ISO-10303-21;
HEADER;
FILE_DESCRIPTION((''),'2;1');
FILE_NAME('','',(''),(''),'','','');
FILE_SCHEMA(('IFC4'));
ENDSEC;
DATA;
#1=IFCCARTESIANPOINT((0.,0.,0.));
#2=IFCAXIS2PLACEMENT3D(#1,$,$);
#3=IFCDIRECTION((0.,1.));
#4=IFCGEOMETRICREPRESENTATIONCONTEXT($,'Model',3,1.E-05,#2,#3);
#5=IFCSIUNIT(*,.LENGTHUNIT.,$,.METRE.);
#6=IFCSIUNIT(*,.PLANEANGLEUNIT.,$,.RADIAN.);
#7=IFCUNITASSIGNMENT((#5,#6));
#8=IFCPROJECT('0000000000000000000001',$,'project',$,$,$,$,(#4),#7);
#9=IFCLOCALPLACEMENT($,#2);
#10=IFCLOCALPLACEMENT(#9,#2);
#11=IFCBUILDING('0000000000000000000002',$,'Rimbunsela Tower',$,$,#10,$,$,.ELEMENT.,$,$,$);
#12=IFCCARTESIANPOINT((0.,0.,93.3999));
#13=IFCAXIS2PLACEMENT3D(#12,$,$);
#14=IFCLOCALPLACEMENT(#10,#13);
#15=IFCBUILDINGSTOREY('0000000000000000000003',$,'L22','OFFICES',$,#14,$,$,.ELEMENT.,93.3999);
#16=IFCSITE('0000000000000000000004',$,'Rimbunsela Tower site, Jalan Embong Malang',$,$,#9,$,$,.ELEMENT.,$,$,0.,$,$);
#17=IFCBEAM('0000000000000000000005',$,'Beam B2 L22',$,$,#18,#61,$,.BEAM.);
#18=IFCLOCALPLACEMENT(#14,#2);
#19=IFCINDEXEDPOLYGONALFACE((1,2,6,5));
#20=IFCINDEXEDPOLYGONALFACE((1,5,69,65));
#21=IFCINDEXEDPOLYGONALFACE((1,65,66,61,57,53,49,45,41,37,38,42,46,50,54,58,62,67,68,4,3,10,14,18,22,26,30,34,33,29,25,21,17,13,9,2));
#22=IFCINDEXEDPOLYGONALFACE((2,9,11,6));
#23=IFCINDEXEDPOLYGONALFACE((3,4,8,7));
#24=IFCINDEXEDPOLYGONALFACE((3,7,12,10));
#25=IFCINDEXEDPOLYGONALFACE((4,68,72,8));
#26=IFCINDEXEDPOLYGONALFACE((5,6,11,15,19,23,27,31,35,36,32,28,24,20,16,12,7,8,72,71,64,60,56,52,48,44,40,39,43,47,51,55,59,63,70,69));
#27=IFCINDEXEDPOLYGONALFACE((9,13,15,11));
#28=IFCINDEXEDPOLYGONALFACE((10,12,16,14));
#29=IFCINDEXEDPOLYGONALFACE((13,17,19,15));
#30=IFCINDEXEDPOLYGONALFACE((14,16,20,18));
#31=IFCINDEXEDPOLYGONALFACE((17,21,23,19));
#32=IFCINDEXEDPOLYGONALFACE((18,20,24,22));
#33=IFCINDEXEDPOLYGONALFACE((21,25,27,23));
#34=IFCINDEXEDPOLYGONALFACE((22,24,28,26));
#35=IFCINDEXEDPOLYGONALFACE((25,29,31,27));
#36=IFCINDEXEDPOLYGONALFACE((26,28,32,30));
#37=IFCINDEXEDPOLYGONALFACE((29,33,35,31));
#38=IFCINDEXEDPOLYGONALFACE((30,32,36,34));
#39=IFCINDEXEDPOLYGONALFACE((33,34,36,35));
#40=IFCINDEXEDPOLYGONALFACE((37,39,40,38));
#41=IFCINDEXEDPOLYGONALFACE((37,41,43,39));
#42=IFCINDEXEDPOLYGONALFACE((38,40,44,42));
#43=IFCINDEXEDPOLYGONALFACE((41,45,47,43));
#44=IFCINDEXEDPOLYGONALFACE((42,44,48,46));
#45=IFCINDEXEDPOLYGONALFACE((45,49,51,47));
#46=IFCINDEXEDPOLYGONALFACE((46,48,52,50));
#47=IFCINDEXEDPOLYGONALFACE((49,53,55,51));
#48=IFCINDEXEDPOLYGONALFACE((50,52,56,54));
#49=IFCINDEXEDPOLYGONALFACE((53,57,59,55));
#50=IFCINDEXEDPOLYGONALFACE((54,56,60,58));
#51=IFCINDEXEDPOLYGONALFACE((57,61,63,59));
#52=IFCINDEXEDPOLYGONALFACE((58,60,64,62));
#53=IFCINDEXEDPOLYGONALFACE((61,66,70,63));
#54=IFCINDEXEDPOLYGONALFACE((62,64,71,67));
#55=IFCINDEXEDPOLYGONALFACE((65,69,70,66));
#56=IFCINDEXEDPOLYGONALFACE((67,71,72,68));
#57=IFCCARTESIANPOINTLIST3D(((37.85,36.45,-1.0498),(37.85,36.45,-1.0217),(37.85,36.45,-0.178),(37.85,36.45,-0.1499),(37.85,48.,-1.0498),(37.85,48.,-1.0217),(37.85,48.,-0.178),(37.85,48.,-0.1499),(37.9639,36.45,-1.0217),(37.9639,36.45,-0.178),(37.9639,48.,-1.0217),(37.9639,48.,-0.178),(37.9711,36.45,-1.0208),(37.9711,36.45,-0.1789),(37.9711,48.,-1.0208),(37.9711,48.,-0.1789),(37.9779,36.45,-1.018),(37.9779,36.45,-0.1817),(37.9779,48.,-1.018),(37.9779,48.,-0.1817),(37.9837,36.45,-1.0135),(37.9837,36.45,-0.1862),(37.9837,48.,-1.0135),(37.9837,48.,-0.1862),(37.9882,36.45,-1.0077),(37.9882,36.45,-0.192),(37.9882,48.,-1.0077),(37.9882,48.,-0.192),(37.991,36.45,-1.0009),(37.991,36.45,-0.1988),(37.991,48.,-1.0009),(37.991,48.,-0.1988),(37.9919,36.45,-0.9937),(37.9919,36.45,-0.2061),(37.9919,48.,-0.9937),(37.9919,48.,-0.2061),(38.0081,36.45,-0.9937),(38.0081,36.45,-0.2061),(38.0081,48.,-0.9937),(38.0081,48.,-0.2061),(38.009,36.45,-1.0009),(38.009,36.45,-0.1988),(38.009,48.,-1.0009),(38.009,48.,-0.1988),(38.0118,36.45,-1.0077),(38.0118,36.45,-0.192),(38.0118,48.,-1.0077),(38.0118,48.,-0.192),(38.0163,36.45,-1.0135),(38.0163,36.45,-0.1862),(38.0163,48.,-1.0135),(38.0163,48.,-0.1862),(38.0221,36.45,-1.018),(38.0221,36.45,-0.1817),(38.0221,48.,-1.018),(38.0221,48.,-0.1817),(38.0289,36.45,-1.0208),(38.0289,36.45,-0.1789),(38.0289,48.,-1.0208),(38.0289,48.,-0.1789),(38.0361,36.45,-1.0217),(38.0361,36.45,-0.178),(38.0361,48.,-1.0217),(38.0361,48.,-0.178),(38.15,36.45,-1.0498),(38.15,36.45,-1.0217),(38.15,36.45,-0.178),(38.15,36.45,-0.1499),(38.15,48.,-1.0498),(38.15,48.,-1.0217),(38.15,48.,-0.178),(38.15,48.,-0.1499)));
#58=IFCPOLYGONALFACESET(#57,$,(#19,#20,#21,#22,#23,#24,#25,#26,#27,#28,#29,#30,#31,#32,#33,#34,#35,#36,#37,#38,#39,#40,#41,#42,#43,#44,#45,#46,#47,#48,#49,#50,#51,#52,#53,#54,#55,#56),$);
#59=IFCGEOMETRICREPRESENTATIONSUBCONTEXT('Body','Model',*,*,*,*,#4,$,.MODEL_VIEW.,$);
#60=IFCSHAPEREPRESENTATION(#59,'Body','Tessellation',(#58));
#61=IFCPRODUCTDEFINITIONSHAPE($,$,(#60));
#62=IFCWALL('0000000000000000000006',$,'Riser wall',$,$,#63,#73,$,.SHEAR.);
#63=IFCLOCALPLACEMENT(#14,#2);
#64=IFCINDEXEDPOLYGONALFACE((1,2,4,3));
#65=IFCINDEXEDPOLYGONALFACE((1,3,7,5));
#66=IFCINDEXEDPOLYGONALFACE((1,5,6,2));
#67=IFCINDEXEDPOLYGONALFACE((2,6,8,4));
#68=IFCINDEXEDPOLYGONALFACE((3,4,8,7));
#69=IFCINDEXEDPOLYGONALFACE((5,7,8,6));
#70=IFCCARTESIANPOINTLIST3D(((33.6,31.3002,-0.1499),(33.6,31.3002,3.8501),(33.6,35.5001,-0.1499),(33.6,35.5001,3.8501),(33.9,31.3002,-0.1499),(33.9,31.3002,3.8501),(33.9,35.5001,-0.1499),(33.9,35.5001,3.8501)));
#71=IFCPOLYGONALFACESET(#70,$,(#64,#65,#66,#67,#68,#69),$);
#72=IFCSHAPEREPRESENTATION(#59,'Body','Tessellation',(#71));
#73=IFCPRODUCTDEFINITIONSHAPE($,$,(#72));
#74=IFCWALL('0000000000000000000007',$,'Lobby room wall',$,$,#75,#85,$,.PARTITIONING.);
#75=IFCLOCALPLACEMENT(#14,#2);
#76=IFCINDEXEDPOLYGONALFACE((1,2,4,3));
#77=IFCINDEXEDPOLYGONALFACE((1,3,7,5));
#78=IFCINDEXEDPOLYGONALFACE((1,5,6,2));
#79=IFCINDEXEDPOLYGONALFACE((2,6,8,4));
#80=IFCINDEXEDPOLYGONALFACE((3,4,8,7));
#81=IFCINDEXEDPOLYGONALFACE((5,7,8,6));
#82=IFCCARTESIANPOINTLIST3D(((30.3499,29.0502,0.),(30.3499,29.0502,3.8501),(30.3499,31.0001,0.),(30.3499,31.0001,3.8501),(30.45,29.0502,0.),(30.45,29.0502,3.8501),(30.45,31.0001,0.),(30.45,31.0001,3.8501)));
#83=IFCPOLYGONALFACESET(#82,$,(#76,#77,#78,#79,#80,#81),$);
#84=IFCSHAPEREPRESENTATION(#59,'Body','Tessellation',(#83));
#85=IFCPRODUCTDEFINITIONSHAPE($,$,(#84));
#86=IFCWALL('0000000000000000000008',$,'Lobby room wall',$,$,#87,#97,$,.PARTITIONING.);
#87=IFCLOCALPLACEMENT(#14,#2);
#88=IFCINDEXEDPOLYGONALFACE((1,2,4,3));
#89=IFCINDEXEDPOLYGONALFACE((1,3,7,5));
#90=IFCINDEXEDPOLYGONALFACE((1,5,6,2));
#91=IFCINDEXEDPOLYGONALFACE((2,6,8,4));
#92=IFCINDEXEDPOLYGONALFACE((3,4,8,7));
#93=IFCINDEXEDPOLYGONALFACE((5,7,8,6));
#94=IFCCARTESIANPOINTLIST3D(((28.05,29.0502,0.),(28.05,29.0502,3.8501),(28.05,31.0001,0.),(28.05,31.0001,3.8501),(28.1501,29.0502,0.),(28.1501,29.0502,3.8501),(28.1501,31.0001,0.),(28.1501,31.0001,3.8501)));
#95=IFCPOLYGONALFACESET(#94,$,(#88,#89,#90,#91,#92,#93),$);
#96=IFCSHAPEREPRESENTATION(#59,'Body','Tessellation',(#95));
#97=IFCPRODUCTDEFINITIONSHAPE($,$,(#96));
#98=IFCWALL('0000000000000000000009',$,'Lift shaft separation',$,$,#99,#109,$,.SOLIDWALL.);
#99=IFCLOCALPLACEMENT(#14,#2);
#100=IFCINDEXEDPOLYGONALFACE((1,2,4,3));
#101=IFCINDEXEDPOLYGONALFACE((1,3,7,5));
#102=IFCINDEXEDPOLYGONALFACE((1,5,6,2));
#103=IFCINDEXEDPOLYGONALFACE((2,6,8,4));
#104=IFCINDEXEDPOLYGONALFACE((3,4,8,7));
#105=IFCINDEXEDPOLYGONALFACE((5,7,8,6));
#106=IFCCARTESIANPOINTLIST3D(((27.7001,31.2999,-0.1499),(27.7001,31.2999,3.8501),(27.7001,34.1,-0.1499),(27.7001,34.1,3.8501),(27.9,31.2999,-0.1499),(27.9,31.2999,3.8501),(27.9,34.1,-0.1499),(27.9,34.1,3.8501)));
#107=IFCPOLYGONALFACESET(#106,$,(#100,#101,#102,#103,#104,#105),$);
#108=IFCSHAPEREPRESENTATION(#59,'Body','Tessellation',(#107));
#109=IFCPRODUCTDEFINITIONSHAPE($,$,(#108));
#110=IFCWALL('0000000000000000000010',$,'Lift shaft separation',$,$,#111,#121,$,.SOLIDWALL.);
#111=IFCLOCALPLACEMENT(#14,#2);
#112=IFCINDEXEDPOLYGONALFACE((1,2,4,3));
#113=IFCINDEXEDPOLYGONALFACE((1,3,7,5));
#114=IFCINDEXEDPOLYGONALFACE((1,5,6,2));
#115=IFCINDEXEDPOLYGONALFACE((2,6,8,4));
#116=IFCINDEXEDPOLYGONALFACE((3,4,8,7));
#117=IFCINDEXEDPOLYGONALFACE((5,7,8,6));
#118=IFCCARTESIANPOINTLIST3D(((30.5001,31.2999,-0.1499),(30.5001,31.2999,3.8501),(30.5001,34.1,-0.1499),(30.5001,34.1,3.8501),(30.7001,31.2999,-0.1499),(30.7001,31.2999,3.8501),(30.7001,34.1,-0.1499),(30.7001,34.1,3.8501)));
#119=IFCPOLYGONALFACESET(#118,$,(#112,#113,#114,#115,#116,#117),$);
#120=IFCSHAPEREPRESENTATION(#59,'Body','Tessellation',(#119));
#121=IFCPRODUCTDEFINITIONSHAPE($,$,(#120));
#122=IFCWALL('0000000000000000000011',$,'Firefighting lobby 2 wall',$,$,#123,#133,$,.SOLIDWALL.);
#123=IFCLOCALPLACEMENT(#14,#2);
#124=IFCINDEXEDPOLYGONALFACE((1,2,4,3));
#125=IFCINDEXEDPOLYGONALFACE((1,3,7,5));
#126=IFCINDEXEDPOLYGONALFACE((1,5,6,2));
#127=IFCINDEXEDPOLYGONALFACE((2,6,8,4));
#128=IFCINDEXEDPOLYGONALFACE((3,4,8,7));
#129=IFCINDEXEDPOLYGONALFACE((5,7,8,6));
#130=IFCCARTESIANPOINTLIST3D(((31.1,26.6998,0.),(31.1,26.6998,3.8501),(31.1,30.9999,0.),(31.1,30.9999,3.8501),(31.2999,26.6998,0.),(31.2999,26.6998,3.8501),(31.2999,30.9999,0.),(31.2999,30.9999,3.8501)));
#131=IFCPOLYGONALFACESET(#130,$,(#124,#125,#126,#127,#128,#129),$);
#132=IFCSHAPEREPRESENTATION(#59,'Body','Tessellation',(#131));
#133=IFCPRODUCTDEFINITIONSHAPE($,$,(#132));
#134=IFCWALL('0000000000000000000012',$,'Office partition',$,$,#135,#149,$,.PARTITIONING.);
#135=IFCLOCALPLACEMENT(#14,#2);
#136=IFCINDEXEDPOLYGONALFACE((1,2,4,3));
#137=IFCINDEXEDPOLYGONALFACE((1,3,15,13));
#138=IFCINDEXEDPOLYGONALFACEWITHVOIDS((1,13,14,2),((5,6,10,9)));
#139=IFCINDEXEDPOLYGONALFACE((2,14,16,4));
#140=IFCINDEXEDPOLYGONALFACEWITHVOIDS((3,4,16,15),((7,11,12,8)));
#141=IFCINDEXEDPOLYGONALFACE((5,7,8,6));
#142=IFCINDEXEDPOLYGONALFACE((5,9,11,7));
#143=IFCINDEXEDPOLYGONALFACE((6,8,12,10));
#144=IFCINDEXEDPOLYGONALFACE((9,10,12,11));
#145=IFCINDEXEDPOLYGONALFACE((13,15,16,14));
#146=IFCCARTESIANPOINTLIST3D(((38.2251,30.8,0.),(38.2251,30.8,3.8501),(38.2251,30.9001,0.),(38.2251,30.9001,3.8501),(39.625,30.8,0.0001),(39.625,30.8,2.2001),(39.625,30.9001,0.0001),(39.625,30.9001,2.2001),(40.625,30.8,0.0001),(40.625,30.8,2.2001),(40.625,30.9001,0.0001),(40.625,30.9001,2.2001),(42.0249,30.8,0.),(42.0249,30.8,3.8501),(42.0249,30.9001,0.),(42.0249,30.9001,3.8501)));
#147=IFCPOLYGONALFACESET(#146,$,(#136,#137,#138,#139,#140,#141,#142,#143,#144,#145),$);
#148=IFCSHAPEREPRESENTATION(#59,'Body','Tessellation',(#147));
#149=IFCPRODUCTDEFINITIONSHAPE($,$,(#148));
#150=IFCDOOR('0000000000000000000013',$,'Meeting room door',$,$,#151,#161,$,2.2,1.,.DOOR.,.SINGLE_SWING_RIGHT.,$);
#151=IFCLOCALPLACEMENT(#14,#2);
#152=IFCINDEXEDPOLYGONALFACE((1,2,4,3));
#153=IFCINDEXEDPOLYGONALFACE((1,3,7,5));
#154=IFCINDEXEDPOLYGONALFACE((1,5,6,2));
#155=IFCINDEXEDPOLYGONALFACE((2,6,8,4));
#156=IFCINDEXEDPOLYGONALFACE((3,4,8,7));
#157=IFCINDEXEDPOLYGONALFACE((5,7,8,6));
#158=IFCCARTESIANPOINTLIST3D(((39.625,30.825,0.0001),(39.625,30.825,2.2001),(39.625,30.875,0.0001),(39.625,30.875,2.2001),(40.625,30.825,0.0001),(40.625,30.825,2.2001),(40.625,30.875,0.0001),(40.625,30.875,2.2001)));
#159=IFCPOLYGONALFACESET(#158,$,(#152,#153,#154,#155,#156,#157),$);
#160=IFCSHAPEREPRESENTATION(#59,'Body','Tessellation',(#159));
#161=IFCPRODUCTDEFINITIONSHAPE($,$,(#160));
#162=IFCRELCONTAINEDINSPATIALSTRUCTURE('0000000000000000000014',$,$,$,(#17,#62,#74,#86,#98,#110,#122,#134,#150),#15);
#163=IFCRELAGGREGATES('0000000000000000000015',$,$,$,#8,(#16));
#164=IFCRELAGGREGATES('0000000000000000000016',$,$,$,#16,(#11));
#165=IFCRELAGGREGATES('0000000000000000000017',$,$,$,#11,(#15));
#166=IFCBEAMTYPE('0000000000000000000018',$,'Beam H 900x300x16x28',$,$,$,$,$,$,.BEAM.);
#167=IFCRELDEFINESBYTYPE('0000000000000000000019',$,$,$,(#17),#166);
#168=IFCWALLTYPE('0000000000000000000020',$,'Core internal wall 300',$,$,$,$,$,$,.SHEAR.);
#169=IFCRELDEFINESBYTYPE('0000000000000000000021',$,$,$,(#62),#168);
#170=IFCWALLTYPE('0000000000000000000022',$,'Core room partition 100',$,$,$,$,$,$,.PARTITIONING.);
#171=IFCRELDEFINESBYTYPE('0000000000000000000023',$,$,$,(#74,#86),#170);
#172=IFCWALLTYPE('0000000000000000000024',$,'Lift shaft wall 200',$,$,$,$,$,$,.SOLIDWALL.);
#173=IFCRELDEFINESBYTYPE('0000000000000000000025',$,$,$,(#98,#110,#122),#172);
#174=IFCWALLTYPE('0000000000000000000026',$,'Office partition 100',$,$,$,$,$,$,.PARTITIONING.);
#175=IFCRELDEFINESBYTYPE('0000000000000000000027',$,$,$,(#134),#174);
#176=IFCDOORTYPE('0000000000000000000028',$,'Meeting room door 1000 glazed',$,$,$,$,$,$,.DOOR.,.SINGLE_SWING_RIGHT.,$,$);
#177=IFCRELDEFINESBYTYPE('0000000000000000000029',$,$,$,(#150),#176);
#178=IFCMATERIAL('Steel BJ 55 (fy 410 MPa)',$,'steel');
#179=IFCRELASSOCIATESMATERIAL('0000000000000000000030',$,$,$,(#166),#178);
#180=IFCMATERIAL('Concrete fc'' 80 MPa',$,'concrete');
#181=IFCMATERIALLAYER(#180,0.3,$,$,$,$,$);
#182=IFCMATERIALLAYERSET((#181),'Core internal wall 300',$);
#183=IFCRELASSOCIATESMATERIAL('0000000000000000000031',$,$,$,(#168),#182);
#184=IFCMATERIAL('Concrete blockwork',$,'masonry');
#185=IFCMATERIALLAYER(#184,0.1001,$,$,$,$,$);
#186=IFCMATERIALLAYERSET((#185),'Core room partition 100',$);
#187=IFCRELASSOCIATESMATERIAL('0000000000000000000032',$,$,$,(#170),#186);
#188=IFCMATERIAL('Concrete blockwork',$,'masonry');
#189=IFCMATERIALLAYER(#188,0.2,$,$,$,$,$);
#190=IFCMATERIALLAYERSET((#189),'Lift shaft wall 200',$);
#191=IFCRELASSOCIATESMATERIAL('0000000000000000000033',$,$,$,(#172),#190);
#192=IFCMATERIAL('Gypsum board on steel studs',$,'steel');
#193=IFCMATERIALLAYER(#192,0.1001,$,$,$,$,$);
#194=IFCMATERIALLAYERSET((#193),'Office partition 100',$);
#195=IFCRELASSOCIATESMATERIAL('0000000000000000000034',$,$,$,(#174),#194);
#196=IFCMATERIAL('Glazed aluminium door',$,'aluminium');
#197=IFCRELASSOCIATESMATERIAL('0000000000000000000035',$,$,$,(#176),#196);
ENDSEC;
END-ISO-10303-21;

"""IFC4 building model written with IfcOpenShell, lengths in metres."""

from ifc_helpers import new_model, si_unit, direction, frame, frame_2d, origin, origin_2d, place, context, subcontext, project, spatial, rectangle, i_section, extrude, material, layer, layer_set, material_profile, profile_set, type_object, element, fill, save


model = new_model("IFC4")

# Units and contexts
model_context = context("Model", 3, precision=1e-05, world=origin(), true_north=direction((0.0, 1.0)))
body_context = subcontext(model_context, "Body", "Model", "MODEL_VIEW")
ifc_project = project(units=[si_unit("LENGTHUNIT", "METRE"), si_unit("PLANEANGLEUNIT", "RADIAN")], contexts=[model_context])

# Site, building, storey
site_placement = place(None, origin())
site = spatial("IfcSite", under=ifc_project, at=site_placement, Name="Rimbunsela Tower site, Jalan Embong Malang", CompositionType="ELEMENT", RefElevation=0.0)
building_placement = place(site_placement, origin())
building = spatial("IfcBuilding", under=site, at=building_placement, Name="Rimbunsela Tower", CompositionType="ELEMENT")
storey_placement = place(building_placement, frame((0.0, 0.0, 93.3999)))
storey = spatial("IfcBuildingStorey", under=building, at=storey_placement, Name="L22", Description="OFFICES", CompositionType="ELEMENT", Elevation=93.3999)

# Beam
ifc_material_1 = material(Name="Steel BJ 55 (fy 410 MPa)", Category="steel")
ifc_material_profile_1 = material_profile(ifc_material_1, i_section(OverallWidth=0.3, OverallDepth=0.8999, WebThickness=0.0161, FlangeThickness=0.0281, FilletRadius=0.0281, at=origin_2d()), Name="H 900x300x16x28")
ifc_profile_set_1 = profile_set([ifc_material_profile_1], Name="Steel BJ 55 (fy 410 MPa)")
beam_type_1 = type_object("IfcBeamType", Name="Beam H 900x300x16x28", PredefinedType="BEAM", material=ifc_profile_set_1)
beam_1_placement = place(storey_placement, frame((38.0, 36.45, -0.5999), z_axis=(0.0, 1.0, 0.0), x_axis=(-1.0, 0.0, 0.0)))
element("IfcBeam", 1, at=beam_1_placement, inside=storey, type_object=beam_type_1, Name="Beam B2 L22", PredefinedType="BEAM", context=body_context, shape_type="SweptSolid", body=[
    extrude(i_section(OverallWidth=0.3, OverallDepth=0.8999, WebThickness=0.0161, FlangeThickness=0.0281, FilletRadius=0.0281, at=origin_2d()), origin(), (0.0, 0.0, 1.0), 11.55),
])

# Walls
ifc_material_2 = material(Name="Concrete fc' 80 MPa", Category="concrete")
ifc_layer_1 = layer(ifc_material_2, 0.3)
ifc_layer_set_1 = layer_set([ifc_layer_1], Name="Core internal wall 300")
wall_type_1 = type_object("IfcWallType", Name="Core internal wall 300", PredefinedType="SHEAR", material=ifc_layer_set_1)
wall_1_placement = place(storey_placement, frame((33.75, 31.3, -0.1499), z_axis=(0.0, 0.0, 1.0), x_axis=(0.0, 1.0, 0.0)))
element("IfcWall", 2, at=wall_1_placement, inside=storey, type_object=wall_type_1, Name="Riser wall", PredefinedType="SHEAR", context=body_context, shape_type="SweptSolid", body=[
    extrude(rectangle(XDim=4.2, YDim=0.3, at=frame_2d((2.1001, 0.0))), origin(), (0.0, 0.0, 1.0), 4.0),
])
ifc_material_3 = material(Name="Concrete blockwork", Category="masonry")
ifc_layer_2 = layer(ifc_material_3, 0.1001)
ifc_layer_set_2 = layer_set([ifc_layer_2], Name="Core room partition 100")
wall_type_2 = type_object("IfcWallType", Name="Core room partition 100", PredefinedType="PARTITIONING", material=ifc_layer_set_2)
for number, where, z_axis, x_axis, name in (
    (3, (30.3999, 29.05, 0.0), (0.0, 0.0, 1.0), (0.0, 1.0, 0.0), "Lobby room wall"),
    (4, (28.1001, 29.05, 0.0), (0.0, 0.0, 1.0), (0.0, 1.0, 0.0), "Lobby room wall"),
):
    element("IfcWall", number, at=place(storey_placement, frame(where, z_axis=z_axis, x_axis=x_axis)), inside=storey, type_object=wall_type_2, Name=name, PredefinedType="PARTITIONING", context=body_context, shape_type="SweptSolid", body=[
        extrude(rectangle(XDim=1.95, YDim=0.1001, at=frame_2d((0.9751, 0.0))), origin(), (0.0, 0.0, 1.0), 3.8501),
    ])
ifc_material_4 = material(Name="Concrete blockwork", Category="masonry")
ifc_layer_3 = layer(ifc_material_4, 0.2)
ifc_layer_set_3 = layer_set([ifc_layer_3], Name="Lift shaft wall 200")
wall_type_3 = type_object("IfcWallType", Name="Lift shaft wall 200", PredefinedType="SOLIDWALL", material=ifc_layer_set_3)
for number, where, z_axis, x_axis, name in (
    (5, (27.8, 31.3, -0.1499), (0.0, 0.0, 1.0), (0.0, 1.0, 0.0), "Lift shaft separation"),
    (6, (30.6001, 31.3, -0.1499), (0.0, 0.0, 1.0), (0.0, 1.0, 0.0), "Lift shaft separation"),
):
    element("IfcWall", number, at=place(storey_placement, frame(where, z_axis=z_axis, x_axis=x_axis)), inside=storey, type_object=wall_type_3, Name=name, PredefinedType="SOLIDWALL", context=body_context, shape_type="SweptSolid", body=[
        extrude(rectangle(XDim=2.8, YDim=0.2, at=frame_2d((1.3999, 0.0))), origin(), (0.0, 0.0, 1.0), 4.0),
    ])
wall_2_placement = place(storey_placement, frame((31.2, 26.7, 0.0), z_axis=(0.0, 0.0, 1.0), x_axis=(0.0, 1.0, 0.0)))
element("IfcWall", 7, at=wall_2_placement, inside=storey, type_object=wall_type_3, Name="Firefighting lobby 2 wall", PredefinedType="SOLIDWALL", context=body_context, shape_type="SweptSolid", body=[
    extrude(rectangle(XDim=4.3, YDim=0.2, at=frame_2d((2.1499, 0.0))), origin(), (0.0, 0.0, 1.0), 3.8501),
])

# Wall, opening, door
ifc_material_5 = material(Name="Gypsum board on steel studs", Category="steel")
ifc_layer_4 = layer(ifc_material_5, 0.1001)
ifc_layer_set_4 = layer_set([ifc_layer_4], Name="Office partition 100")
wall_type_4 = type_object("IfcWallType", Name="Office partition 100", PredefinedType="PARTITIONING", material=ifc_layer_set_4)
wall_3_placement = place(storey_placement, frame((38.2251, 30.8501, 0.0), z_axis=(0.0, 0.0, 1.0), x_axis=(1.0, 0.0, 0.0)))
wall_3 = element("IfcWall", 8, at=wall_3_placement, inside=storey, type_object=wall_type_4, Name="Office partition", PredefinedType="PARTITIONING", context=body_context, shape_type="SweptSolid", body=[
    extrude(rectangle(XDim=3.7998, YDim=0.1001, at=frame_2d((1.8999, 0.0))), origin(), (0.0, 0.0, 1.0), 3.8501),
])
opening_1_placement = place(wall_3_placement, frame((1.3999, 0.0, 0.0)))
opening_1 = element("IfcOpeningElement", 9, at=opening_1_placement, cuts=wall_3, PredefinedType="OPENING", context=body_context, shape_type="SweptSolid", body=[
    extrude(rectangle(XDim=1.0, YDim=2.2, at=frame_2d((0.5, 1.1001))), frame((0.0, 0.0601, 0.0), z_axis=(0.0, -1.0, 0.0), x_axis=(1.0, 0.0, 0.0)), (0.0, 0.0, 1.0), 0.1201),
])
ifc_material_6 = material(Name="Glazed aluminium door", Category="aluminium")
door_type_1 = type_object("IfcDoorType", Name="Meeting room door 1000 glazed", OperationType="SINGLE_SWING_RIGHT", PredefinedType="DOOR", material=ifc_material_6)
door_1_placement = place(opening_1_placement, origin())
door_1 = element("IfcDoor", 10, at=door_1_placement, inside=storey, type_object=door_type_1, Name="Meeting room door", OperationType="SINGLE_SWING_RIGHT", OverallHeight=2.2, OverallWidth=1.0, PredefinedType="DOOR", context=body_context, shape_type="SweptSolid", body=[
    extrude(rectangle(XDim=1.0, YDim=2.2, at=frame_2d((0.5, 1.1001))), frame((0.0, 0.0249, 0.0), z_axis=(0.0, -1.0, 0.0), x_axis=(1.0, 0.0, 0.0)), (0.0, 0.0, 1.0), 0.05),
])
fill(opening_1, door_1)

save(model, "model.ifc")
